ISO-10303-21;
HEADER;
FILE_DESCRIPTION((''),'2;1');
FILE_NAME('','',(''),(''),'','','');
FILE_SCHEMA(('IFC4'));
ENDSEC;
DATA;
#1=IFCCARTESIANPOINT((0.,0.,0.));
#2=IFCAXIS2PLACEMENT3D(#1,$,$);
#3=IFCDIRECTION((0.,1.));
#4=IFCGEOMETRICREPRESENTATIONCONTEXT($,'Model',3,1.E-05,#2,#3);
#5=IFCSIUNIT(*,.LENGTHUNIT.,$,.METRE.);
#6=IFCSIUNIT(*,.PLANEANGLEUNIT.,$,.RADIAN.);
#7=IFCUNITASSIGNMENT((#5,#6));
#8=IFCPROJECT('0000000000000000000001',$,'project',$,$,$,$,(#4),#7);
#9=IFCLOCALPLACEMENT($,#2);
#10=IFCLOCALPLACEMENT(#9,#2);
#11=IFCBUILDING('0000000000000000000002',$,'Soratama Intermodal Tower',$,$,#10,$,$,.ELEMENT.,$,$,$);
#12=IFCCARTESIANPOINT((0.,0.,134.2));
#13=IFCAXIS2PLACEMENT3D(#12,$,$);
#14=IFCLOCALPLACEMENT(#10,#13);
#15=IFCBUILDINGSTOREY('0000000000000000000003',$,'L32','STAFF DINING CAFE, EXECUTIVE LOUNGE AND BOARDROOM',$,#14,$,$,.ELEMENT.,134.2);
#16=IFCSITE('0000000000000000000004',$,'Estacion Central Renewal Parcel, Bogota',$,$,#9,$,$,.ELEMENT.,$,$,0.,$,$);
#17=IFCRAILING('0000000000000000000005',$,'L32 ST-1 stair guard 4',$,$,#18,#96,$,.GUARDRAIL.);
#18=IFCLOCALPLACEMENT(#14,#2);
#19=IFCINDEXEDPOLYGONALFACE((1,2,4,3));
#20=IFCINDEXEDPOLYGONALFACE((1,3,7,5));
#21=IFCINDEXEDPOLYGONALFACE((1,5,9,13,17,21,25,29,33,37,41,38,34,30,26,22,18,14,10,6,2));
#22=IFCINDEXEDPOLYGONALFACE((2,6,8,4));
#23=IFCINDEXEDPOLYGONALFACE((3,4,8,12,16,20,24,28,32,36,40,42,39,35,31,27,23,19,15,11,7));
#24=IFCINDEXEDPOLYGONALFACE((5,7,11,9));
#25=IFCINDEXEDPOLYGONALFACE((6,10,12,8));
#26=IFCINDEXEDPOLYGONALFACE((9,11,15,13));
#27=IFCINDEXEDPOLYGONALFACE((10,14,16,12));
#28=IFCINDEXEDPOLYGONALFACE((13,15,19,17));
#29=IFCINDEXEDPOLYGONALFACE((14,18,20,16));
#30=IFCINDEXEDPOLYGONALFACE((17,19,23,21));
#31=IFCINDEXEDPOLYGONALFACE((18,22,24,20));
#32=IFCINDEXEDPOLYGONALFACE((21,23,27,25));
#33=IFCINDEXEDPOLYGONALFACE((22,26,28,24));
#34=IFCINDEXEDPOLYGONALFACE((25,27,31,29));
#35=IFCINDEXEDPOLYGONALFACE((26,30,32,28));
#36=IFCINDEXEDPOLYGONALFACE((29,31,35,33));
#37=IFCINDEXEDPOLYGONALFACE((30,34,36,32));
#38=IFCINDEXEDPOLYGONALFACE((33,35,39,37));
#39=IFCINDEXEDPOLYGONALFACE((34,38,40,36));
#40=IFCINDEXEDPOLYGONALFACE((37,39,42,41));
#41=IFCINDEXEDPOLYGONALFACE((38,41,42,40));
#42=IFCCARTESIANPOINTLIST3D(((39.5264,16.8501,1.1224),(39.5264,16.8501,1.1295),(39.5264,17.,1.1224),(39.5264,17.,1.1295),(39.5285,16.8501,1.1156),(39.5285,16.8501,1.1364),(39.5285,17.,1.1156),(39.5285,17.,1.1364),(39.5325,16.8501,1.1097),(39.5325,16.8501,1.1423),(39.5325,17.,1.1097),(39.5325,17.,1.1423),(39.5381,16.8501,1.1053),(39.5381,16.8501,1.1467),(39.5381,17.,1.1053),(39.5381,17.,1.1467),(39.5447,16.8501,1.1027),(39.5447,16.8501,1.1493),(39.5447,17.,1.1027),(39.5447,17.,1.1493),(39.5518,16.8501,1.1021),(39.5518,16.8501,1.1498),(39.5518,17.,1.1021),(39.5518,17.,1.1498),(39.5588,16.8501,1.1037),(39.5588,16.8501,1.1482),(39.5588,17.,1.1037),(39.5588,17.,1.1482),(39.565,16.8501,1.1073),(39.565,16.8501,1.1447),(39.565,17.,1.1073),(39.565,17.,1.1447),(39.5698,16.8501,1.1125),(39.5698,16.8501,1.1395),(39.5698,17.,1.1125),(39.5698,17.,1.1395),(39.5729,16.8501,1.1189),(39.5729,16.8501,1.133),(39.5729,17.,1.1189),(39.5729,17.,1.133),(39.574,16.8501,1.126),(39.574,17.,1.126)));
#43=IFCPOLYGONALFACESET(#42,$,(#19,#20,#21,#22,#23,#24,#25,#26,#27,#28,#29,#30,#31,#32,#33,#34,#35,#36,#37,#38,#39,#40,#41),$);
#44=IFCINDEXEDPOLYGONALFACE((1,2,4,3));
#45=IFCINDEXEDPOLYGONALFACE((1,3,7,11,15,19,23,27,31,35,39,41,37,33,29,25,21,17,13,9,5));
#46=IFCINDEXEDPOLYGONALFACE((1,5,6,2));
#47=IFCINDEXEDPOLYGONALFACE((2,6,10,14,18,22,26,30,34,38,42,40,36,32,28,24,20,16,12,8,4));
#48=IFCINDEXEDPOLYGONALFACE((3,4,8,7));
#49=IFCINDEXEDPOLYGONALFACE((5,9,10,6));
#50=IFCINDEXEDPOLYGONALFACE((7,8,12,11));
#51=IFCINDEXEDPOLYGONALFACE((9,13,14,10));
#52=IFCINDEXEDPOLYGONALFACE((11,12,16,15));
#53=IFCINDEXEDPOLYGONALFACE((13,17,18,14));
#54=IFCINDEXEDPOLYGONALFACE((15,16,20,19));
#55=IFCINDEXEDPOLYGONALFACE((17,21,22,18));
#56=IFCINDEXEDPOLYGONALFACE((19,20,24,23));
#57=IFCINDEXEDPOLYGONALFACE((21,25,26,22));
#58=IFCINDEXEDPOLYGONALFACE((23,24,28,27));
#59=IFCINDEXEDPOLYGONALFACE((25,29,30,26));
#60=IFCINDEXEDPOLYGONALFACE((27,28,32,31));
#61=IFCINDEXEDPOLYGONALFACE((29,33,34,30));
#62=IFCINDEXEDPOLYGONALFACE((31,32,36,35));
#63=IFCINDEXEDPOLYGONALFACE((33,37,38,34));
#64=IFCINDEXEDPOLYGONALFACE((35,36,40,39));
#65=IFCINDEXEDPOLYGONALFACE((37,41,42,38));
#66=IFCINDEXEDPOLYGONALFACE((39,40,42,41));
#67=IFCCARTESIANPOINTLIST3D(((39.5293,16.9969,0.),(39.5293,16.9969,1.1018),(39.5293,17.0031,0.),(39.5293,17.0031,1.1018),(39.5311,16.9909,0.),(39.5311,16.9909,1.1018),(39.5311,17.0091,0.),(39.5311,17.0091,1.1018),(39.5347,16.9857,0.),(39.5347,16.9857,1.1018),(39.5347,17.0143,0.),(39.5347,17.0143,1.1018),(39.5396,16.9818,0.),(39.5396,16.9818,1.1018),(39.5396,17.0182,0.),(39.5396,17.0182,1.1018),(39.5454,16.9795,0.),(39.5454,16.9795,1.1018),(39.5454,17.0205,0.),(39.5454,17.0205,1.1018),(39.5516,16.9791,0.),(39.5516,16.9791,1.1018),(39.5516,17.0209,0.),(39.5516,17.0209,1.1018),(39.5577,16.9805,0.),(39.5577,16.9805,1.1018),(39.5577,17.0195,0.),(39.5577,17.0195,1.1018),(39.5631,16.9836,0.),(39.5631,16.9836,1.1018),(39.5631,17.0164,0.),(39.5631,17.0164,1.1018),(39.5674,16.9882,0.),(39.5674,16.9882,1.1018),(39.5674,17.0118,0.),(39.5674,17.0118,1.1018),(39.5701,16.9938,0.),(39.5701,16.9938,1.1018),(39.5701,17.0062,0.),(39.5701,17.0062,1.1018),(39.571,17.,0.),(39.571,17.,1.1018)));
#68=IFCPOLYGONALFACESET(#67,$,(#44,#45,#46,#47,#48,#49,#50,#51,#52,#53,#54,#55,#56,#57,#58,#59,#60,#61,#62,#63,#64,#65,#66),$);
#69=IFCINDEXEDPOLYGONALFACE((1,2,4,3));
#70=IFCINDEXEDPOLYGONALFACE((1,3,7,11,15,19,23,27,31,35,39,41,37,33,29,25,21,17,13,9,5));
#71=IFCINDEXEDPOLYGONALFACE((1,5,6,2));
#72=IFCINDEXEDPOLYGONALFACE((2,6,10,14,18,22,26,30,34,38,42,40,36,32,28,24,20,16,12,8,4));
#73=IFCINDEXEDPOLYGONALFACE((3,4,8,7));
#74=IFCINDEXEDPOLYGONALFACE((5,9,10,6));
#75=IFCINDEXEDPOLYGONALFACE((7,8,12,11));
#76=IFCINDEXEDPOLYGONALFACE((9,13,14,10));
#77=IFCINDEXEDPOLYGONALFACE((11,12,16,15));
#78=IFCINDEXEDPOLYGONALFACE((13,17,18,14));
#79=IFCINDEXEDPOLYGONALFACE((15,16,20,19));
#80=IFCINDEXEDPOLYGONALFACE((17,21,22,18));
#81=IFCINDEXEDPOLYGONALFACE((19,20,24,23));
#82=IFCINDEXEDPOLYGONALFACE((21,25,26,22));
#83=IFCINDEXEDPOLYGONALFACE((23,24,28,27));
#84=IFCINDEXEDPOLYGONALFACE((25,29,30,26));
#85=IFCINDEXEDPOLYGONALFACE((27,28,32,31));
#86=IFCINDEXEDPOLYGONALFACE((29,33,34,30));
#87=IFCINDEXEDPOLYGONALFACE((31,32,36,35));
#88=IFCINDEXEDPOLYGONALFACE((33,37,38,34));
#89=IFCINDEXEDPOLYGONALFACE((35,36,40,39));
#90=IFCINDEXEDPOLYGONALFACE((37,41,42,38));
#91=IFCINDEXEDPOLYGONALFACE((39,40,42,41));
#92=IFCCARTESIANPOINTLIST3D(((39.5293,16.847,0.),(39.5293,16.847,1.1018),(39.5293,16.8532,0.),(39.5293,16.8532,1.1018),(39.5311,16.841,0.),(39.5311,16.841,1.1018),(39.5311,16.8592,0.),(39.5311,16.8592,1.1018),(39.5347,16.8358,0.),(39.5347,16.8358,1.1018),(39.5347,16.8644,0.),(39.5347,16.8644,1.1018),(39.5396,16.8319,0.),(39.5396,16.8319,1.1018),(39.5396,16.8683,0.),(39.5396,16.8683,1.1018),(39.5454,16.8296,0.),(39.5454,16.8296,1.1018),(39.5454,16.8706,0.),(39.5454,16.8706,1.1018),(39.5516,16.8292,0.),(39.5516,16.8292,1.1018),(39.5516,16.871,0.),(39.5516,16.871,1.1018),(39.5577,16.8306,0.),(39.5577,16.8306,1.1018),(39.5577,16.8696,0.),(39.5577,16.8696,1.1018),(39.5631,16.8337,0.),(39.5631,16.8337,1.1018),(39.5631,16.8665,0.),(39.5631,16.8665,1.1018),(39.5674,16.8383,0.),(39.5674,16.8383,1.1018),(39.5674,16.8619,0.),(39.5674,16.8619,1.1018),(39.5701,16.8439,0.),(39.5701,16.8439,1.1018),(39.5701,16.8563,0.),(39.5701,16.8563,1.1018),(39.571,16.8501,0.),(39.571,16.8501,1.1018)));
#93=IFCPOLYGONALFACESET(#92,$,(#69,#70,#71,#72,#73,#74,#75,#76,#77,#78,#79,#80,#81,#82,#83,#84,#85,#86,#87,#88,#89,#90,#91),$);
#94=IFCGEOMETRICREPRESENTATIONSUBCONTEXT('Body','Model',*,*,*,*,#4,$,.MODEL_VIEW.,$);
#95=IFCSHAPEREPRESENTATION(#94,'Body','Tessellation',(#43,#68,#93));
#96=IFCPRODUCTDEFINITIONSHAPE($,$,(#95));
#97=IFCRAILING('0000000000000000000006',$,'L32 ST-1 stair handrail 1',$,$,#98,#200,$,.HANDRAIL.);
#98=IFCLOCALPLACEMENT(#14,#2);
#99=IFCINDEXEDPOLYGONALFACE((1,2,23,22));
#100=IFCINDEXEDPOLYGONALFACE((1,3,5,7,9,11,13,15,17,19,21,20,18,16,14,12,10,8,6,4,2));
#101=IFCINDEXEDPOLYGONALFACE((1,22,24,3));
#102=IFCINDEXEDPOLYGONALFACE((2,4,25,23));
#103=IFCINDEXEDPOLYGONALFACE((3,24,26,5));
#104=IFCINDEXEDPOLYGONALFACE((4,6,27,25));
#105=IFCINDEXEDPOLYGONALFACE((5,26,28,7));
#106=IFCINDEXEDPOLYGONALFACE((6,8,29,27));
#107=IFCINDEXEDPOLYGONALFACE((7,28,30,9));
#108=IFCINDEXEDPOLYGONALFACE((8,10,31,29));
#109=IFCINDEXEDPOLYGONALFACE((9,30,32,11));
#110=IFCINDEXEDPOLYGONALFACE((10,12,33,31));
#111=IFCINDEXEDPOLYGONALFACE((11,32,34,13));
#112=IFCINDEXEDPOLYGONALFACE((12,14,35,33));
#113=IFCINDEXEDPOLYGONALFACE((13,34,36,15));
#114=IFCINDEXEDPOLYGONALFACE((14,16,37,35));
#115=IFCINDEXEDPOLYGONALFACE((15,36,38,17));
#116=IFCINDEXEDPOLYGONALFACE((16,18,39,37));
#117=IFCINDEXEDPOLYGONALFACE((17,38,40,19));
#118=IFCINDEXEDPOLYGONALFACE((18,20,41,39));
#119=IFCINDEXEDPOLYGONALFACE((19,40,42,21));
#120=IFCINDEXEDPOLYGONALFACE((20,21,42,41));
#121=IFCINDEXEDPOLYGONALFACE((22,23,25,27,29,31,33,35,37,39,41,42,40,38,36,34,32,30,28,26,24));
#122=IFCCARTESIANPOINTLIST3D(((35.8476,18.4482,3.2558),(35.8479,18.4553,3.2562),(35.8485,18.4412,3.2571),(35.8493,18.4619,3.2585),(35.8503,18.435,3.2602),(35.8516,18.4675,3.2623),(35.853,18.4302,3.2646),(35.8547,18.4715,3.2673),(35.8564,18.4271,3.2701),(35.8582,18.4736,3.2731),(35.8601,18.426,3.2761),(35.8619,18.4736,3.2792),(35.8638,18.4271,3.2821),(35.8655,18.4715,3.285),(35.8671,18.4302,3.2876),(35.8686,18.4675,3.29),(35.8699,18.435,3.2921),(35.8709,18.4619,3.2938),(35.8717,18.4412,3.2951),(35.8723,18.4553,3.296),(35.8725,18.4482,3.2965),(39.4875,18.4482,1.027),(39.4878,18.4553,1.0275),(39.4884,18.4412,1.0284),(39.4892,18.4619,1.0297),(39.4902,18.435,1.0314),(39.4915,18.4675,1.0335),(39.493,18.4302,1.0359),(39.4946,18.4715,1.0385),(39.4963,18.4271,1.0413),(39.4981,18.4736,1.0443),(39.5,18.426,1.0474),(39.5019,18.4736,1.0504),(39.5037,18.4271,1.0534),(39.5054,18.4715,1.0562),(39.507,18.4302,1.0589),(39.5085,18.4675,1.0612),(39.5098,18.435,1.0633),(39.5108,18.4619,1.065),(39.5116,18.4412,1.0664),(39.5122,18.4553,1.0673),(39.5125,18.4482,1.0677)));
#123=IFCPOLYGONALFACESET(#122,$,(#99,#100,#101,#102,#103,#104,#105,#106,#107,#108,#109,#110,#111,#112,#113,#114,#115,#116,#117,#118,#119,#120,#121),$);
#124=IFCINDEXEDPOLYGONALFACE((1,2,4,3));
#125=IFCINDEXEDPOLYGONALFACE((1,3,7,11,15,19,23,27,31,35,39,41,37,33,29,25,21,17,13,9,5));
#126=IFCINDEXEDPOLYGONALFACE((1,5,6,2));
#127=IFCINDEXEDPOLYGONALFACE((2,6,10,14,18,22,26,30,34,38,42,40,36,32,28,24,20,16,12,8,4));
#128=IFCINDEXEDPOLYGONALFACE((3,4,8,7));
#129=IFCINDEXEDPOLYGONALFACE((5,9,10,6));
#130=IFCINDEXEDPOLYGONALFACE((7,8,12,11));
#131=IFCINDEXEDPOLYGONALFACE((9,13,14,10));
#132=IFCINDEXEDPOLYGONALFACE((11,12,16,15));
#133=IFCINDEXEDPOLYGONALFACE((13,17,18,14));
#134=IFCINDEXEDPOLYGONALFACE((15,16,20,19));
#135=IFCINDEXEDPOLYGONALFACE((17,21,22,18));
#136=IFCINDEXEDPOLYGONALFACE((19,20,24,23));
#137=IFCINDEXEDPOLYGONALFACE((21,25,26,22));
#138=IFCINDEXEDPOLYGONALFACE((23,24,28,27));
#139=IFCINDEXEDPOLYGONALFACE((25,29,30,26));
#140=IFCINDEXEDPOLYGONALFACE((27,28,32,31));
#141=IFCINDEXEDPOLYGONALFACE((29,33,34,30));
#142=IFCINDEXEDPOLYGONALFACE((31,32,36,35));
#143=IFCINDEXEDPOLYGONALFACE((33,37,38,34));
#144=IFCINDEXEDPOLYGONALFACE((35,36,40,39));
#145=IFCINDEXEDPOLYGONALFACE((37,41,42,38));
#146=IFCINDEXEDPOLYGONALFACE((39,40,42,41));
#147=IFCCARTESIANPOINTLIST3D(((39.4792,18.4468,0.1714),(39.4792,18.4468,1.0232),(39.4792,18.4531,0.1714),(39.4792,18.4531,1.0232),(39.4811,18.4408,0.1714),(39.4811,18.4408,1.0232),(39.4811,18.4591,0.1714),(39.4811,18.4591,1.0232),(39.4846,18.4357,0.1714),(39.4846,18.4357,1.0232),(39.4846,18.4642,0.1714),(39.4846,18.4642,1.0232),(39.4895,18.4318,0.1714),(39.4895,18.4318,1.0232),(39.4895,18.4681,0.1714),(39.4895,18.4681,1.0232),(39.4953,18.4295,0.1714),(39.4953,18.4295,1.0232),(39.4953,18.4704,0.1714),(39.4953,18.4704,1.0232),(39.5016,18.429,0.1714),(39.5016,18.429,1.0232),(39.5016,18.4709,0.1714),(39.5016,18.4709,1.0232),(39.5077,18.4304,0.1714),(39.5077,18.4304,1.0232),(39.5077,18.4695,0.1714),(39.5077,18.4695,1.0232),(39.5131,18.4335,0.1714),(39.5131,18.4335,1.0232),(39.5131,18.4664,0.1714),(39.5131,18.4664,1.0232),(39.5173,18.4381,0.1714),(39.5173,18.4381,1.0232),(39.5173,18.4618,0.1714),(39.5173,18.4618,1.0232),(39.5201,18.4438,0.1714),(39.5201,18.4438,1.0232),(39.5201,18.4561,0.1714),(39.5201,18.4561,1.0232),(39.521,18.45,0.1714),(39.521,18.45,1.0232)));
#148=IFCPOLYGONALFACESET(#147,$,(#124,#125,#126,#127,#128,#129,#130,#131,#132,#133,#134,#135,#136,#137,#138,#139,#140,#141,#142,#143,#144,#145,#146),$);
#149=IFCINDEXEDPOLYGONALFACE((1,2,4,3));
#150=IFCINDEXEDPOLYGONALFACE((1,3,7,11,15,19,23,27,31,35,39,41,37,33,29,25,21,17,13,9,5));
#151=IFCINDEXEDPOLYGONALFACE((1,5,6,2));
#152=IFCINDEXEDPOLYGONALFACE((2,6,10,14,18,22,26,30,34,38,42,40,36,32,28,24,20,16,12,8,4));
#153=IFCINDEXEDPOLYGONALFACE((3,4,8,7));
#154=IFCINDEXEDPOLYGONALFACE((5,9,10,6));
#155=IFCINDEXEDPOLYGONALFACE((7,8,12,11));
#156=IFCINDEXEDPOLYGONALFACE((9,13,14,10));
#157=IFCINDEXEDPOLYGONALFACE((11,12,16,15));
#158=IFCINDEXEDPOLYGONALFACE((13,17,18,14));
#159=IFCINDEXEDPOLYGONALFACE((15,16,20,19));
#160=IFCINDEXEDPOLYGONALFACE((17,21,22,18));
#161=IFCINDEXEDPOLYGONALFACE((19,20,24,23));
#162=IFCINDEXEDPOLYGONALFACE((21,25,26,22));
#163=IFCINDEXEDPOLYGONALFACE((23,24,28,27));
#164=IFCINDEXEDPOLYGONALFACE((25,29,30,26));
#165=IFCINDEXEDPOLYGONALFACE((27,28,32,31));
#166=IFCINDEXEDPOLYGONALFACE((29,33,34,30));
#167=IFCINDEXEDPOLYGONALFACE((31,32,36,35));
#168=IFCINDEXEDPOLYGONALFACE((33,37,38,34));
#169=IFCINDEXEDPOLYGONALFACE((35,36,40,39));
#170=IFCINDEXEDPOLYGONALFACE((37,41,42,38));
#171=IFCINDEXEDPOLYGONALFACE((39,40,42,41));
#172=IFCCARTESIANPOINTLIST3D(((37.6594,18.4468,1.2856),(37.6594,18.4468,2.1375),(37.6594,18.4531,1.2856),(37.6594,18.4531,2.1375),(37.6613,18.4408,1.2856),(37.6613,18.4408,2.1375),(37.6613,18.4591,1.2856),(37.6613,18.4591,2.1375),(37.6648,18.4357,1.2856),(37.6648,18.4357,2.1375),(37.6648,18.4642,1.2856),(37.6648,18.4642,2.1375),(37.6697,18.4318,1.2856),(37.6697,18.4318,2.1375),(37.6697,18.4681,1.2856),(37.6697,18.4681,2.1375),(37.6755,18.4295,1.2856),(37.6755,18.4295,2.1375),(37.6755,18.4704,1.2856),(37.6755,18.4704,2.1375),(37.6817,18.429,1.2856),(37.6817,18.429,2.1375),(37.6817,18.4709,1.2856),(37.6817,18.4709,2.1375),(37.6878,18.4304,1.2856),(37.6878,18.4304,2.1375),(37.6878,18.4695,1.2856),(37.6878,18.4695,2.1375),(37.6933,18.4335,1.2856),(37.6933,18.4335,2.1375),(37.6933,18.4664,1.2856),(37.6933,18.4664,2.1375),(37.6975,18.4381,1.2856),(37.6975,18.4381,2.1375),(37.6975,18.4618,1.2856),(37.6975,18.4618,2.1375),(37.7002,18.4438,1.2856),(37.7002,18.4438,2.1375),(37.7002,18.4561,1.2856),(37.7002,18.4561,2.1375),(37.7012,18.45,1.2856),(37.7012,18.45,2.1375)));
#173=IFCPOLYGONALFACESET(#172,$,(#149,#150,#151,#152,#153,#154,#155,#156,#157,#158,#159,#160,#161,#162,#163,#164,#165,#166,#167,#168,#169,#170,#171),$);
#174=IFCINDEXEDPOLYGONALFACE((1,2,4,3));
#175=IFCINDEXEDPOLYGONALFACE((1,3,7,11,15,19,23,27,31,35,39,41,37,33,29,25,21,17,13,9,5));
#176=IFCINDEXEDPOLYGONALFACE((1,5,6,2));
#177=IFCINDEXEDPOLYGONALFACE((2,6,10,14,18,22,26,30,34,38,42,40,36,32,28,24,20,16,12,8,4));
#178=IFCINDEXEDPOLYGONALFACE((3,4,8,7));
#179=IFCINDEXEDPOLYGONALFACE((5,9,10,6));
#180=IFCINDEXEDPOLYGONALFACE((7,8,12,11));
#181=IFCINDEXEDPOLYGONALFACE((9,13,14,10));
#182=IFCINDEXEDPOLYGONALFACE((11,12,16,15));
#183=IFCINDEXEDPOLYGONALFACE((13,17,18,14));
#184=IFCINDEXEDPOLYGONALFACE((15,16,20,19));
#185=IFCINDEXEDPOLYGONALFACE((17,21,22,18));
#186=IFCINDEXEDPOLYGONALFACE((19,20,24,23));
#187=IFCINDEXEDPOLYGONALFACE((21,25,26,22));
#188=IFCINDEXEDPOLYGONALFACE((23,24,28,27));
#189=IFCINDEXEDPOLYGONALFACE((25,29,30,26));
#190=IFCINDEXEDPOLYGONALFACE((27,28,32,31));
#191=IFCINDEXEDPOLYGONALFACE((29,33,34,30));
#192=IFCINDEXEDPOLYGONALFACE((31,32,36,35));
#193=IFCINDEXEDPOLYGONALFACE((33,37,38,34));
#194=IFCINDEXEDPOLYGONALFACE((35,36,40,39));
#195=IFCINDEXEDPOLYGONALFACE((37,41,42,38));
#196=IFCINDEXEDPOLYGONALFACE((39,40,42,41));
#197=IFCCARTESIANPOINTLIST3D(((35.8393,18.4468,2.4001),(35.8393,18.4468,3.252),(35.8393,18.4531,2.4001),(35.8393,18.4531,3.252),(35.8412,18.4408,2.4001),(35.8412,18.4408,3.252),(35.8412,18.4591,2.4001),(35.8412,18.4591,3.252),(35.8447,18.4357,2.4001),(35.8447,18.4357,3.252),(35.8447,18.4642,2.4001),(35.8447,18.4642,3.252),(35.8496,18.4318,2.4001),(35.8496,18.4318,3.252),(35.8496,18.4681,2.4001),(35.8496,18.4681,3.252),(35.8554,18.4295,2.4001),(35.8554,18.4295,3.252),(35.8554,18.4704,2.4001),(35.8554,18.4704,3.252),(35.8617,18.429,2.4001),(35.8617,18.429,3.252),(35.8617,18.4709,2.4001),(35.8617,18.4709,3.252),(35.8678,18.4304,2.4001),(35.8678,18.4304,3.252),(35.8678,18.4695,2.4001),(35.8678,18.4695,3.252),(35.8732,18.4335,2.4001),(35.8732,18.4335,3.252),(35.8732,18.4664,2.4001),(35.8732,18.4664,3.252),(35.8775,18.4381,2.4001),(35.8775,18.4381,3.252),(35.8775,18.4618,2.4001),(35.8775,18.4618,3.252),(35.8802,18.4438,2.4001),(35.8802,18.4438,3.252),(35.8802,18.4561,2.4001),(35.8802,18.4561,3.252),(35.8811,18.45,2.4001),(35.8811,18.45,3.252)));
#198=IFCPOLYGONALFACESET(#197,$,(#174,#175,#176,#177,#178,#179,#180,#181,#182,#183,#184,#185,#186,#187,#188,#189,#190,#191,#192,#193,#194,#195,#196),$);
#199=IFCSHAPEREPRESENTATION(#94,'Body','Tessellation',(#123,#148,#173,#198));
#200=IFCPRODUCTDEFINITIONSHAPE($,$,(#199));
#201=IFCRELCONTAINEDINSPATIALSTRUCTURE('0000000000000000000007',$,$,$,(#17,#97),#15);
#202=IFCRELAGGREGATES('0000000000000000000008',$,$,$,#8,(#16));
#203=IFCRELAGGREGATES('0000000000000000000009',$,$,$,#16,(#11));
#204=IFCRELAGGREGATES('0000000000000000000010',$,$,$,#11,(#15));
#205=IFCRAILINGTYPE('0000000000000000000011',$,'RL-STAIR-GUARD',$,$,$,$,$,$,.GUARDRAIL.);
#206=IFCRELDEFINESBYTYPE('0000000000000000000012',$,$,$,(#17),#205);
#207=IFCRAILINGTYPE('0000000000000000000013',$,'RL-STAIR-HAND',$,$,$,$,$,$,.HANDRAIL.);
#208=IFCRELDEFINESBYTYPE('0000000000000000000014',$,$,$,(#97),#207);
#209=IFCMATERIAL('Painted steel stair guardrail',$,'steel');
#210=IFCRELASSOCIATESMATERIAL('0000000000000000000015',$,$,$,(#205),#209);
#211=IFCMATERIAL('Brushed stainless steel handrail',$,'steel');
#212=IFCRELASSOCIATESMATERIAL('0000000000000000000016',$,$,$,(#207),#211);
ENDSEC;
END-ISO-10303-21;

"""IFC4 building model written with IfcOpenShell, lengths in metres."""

from ifc_helpers import new_model, si_unit, direction, frame, origin, origin_2d, place, context, subcontext, project, spatial, circle, extrude, material, type_object, element, save


model = new_model("IFC4")

# Units and contexts
model_context = context("Model", 3, precision=1e-05, world=origin(), true_north=direction((0.0, 1.0)))
body_context = subcontext(model_context, "Body", "Model", "MODEL_VIEW")
ifc_project = project(units=[si_unit("LENGTHUNIT", "METRE"), si_unit("PLANEANGLEUNIT", "RADIAN")], contexts=[model_context])

# Site, building, storey
site_placement = place(None, origin())
site = spatial("IfcSite", under=ifc_project, at=site_placement, Name="Estacion Central Renewal Parcel, Bogota", CompositionType="ELEMENT", RefElevation=0.0)
building_placement = place(site_placement, origin())
building = spatial("IfcBuilding", under=site, at=building_placement, Name="Soratama Intermodal Tower", CompositionType="ELEMENT")
storey_placement = place(building_placement, frame((0.0, 0.0, 134.2)))
storey = spatial("IfcBuildingStorey", under=building, at=storey_placement, Name="L32", Description="STAFF DINING CAFE, EXECUTIVE LOUNGE AND BOARDROOM", CompositionType="ELEMENT", Elevation=134.2)

# Railings
ifc_material_1 = material(Name="Painted steel stair guardrail", Category="steel")
railing_type_1 = type_object("IfcRailingType", Name="RL-STAIR-GUARD", PredefinedType="GUARDRAIL", material=ifc_material_1)
railing_1_placement = place(storey_placement, frame((39.55, 17.0, 0.0)))
element("IfcRailing", 1, at=railing_1_placement, inside=storey, type_object=railing_type_1, Name="L32 ST-1 stair guard 4", PredefinedType="GUARDRAIL", context=body_context, shape_type="SweptSolid", body=[
    extrude(circle(Radius=0.0239, at=origin_2d()), frame((0.0, 0.0, 1.126), z_axis=(0.0, -1.0, 0.0), x_axis=(1.0, 0.0, 0.0)), (0.0, 0.0, 1.0), 0.1499),
    extrude(circle(Radius=0.021, at=origin_2d()), origin(), (0.0, 0.0, 1.0), 1.1018),
    extrude(circle(Radius=0.021, at=origin_2d()), frame((0.0, -0.1499, 0.0)), (0.0, 0.0, 1.0), 1.1018),
])
ifc_material_2 = material(Name="Brushed stainless steel handrail", Category="steel")
railing_type_2 = type_object("IfcRailingType", Name="RL-STAIR-HAND", PredefinedType="HANDRAIL", material=ifc_material_2)
railing_2_placement = place(storey_placement, frame((39.5, 18.45, 0.1714)))
element("IfcRailing", 2, at=railing_2_placement, inside=storey, type_object=railing_type_2, Name="L32 ST-1 stair handrail 1", PredefinedType="HANDRAIL", context=body_context, shape_type="SweptSolid", body=[
    extrude(circle(Radius=0.0239, at=origin_2d()), frame((0.0, 0.0, 0.876), z_axis=(-0.852825, 0.0, 0.522197), x_axis=(0.0, -1.0, 0.0)), (0.0, 0.0, 1.0), 4.2681),
    extrude(circle(Radius=0.021, at=origin_2d()), origin(), (0.0, 0.0, 1.0), 0.8518),
    extrude(circle(Radius=0.021, at=origin_2d()), frame((-1.8198, 0.0, 1.1143)), (0.0, 0.0, 1.0), 0.8518),
    extrude(circle(Radius=0.021, at=origin_2d()), frame((-3.6399, 0.0, 2.2288)), (0.0, 0.0, 1.0), 0.8518),
])

save(model, "model.ifc")
